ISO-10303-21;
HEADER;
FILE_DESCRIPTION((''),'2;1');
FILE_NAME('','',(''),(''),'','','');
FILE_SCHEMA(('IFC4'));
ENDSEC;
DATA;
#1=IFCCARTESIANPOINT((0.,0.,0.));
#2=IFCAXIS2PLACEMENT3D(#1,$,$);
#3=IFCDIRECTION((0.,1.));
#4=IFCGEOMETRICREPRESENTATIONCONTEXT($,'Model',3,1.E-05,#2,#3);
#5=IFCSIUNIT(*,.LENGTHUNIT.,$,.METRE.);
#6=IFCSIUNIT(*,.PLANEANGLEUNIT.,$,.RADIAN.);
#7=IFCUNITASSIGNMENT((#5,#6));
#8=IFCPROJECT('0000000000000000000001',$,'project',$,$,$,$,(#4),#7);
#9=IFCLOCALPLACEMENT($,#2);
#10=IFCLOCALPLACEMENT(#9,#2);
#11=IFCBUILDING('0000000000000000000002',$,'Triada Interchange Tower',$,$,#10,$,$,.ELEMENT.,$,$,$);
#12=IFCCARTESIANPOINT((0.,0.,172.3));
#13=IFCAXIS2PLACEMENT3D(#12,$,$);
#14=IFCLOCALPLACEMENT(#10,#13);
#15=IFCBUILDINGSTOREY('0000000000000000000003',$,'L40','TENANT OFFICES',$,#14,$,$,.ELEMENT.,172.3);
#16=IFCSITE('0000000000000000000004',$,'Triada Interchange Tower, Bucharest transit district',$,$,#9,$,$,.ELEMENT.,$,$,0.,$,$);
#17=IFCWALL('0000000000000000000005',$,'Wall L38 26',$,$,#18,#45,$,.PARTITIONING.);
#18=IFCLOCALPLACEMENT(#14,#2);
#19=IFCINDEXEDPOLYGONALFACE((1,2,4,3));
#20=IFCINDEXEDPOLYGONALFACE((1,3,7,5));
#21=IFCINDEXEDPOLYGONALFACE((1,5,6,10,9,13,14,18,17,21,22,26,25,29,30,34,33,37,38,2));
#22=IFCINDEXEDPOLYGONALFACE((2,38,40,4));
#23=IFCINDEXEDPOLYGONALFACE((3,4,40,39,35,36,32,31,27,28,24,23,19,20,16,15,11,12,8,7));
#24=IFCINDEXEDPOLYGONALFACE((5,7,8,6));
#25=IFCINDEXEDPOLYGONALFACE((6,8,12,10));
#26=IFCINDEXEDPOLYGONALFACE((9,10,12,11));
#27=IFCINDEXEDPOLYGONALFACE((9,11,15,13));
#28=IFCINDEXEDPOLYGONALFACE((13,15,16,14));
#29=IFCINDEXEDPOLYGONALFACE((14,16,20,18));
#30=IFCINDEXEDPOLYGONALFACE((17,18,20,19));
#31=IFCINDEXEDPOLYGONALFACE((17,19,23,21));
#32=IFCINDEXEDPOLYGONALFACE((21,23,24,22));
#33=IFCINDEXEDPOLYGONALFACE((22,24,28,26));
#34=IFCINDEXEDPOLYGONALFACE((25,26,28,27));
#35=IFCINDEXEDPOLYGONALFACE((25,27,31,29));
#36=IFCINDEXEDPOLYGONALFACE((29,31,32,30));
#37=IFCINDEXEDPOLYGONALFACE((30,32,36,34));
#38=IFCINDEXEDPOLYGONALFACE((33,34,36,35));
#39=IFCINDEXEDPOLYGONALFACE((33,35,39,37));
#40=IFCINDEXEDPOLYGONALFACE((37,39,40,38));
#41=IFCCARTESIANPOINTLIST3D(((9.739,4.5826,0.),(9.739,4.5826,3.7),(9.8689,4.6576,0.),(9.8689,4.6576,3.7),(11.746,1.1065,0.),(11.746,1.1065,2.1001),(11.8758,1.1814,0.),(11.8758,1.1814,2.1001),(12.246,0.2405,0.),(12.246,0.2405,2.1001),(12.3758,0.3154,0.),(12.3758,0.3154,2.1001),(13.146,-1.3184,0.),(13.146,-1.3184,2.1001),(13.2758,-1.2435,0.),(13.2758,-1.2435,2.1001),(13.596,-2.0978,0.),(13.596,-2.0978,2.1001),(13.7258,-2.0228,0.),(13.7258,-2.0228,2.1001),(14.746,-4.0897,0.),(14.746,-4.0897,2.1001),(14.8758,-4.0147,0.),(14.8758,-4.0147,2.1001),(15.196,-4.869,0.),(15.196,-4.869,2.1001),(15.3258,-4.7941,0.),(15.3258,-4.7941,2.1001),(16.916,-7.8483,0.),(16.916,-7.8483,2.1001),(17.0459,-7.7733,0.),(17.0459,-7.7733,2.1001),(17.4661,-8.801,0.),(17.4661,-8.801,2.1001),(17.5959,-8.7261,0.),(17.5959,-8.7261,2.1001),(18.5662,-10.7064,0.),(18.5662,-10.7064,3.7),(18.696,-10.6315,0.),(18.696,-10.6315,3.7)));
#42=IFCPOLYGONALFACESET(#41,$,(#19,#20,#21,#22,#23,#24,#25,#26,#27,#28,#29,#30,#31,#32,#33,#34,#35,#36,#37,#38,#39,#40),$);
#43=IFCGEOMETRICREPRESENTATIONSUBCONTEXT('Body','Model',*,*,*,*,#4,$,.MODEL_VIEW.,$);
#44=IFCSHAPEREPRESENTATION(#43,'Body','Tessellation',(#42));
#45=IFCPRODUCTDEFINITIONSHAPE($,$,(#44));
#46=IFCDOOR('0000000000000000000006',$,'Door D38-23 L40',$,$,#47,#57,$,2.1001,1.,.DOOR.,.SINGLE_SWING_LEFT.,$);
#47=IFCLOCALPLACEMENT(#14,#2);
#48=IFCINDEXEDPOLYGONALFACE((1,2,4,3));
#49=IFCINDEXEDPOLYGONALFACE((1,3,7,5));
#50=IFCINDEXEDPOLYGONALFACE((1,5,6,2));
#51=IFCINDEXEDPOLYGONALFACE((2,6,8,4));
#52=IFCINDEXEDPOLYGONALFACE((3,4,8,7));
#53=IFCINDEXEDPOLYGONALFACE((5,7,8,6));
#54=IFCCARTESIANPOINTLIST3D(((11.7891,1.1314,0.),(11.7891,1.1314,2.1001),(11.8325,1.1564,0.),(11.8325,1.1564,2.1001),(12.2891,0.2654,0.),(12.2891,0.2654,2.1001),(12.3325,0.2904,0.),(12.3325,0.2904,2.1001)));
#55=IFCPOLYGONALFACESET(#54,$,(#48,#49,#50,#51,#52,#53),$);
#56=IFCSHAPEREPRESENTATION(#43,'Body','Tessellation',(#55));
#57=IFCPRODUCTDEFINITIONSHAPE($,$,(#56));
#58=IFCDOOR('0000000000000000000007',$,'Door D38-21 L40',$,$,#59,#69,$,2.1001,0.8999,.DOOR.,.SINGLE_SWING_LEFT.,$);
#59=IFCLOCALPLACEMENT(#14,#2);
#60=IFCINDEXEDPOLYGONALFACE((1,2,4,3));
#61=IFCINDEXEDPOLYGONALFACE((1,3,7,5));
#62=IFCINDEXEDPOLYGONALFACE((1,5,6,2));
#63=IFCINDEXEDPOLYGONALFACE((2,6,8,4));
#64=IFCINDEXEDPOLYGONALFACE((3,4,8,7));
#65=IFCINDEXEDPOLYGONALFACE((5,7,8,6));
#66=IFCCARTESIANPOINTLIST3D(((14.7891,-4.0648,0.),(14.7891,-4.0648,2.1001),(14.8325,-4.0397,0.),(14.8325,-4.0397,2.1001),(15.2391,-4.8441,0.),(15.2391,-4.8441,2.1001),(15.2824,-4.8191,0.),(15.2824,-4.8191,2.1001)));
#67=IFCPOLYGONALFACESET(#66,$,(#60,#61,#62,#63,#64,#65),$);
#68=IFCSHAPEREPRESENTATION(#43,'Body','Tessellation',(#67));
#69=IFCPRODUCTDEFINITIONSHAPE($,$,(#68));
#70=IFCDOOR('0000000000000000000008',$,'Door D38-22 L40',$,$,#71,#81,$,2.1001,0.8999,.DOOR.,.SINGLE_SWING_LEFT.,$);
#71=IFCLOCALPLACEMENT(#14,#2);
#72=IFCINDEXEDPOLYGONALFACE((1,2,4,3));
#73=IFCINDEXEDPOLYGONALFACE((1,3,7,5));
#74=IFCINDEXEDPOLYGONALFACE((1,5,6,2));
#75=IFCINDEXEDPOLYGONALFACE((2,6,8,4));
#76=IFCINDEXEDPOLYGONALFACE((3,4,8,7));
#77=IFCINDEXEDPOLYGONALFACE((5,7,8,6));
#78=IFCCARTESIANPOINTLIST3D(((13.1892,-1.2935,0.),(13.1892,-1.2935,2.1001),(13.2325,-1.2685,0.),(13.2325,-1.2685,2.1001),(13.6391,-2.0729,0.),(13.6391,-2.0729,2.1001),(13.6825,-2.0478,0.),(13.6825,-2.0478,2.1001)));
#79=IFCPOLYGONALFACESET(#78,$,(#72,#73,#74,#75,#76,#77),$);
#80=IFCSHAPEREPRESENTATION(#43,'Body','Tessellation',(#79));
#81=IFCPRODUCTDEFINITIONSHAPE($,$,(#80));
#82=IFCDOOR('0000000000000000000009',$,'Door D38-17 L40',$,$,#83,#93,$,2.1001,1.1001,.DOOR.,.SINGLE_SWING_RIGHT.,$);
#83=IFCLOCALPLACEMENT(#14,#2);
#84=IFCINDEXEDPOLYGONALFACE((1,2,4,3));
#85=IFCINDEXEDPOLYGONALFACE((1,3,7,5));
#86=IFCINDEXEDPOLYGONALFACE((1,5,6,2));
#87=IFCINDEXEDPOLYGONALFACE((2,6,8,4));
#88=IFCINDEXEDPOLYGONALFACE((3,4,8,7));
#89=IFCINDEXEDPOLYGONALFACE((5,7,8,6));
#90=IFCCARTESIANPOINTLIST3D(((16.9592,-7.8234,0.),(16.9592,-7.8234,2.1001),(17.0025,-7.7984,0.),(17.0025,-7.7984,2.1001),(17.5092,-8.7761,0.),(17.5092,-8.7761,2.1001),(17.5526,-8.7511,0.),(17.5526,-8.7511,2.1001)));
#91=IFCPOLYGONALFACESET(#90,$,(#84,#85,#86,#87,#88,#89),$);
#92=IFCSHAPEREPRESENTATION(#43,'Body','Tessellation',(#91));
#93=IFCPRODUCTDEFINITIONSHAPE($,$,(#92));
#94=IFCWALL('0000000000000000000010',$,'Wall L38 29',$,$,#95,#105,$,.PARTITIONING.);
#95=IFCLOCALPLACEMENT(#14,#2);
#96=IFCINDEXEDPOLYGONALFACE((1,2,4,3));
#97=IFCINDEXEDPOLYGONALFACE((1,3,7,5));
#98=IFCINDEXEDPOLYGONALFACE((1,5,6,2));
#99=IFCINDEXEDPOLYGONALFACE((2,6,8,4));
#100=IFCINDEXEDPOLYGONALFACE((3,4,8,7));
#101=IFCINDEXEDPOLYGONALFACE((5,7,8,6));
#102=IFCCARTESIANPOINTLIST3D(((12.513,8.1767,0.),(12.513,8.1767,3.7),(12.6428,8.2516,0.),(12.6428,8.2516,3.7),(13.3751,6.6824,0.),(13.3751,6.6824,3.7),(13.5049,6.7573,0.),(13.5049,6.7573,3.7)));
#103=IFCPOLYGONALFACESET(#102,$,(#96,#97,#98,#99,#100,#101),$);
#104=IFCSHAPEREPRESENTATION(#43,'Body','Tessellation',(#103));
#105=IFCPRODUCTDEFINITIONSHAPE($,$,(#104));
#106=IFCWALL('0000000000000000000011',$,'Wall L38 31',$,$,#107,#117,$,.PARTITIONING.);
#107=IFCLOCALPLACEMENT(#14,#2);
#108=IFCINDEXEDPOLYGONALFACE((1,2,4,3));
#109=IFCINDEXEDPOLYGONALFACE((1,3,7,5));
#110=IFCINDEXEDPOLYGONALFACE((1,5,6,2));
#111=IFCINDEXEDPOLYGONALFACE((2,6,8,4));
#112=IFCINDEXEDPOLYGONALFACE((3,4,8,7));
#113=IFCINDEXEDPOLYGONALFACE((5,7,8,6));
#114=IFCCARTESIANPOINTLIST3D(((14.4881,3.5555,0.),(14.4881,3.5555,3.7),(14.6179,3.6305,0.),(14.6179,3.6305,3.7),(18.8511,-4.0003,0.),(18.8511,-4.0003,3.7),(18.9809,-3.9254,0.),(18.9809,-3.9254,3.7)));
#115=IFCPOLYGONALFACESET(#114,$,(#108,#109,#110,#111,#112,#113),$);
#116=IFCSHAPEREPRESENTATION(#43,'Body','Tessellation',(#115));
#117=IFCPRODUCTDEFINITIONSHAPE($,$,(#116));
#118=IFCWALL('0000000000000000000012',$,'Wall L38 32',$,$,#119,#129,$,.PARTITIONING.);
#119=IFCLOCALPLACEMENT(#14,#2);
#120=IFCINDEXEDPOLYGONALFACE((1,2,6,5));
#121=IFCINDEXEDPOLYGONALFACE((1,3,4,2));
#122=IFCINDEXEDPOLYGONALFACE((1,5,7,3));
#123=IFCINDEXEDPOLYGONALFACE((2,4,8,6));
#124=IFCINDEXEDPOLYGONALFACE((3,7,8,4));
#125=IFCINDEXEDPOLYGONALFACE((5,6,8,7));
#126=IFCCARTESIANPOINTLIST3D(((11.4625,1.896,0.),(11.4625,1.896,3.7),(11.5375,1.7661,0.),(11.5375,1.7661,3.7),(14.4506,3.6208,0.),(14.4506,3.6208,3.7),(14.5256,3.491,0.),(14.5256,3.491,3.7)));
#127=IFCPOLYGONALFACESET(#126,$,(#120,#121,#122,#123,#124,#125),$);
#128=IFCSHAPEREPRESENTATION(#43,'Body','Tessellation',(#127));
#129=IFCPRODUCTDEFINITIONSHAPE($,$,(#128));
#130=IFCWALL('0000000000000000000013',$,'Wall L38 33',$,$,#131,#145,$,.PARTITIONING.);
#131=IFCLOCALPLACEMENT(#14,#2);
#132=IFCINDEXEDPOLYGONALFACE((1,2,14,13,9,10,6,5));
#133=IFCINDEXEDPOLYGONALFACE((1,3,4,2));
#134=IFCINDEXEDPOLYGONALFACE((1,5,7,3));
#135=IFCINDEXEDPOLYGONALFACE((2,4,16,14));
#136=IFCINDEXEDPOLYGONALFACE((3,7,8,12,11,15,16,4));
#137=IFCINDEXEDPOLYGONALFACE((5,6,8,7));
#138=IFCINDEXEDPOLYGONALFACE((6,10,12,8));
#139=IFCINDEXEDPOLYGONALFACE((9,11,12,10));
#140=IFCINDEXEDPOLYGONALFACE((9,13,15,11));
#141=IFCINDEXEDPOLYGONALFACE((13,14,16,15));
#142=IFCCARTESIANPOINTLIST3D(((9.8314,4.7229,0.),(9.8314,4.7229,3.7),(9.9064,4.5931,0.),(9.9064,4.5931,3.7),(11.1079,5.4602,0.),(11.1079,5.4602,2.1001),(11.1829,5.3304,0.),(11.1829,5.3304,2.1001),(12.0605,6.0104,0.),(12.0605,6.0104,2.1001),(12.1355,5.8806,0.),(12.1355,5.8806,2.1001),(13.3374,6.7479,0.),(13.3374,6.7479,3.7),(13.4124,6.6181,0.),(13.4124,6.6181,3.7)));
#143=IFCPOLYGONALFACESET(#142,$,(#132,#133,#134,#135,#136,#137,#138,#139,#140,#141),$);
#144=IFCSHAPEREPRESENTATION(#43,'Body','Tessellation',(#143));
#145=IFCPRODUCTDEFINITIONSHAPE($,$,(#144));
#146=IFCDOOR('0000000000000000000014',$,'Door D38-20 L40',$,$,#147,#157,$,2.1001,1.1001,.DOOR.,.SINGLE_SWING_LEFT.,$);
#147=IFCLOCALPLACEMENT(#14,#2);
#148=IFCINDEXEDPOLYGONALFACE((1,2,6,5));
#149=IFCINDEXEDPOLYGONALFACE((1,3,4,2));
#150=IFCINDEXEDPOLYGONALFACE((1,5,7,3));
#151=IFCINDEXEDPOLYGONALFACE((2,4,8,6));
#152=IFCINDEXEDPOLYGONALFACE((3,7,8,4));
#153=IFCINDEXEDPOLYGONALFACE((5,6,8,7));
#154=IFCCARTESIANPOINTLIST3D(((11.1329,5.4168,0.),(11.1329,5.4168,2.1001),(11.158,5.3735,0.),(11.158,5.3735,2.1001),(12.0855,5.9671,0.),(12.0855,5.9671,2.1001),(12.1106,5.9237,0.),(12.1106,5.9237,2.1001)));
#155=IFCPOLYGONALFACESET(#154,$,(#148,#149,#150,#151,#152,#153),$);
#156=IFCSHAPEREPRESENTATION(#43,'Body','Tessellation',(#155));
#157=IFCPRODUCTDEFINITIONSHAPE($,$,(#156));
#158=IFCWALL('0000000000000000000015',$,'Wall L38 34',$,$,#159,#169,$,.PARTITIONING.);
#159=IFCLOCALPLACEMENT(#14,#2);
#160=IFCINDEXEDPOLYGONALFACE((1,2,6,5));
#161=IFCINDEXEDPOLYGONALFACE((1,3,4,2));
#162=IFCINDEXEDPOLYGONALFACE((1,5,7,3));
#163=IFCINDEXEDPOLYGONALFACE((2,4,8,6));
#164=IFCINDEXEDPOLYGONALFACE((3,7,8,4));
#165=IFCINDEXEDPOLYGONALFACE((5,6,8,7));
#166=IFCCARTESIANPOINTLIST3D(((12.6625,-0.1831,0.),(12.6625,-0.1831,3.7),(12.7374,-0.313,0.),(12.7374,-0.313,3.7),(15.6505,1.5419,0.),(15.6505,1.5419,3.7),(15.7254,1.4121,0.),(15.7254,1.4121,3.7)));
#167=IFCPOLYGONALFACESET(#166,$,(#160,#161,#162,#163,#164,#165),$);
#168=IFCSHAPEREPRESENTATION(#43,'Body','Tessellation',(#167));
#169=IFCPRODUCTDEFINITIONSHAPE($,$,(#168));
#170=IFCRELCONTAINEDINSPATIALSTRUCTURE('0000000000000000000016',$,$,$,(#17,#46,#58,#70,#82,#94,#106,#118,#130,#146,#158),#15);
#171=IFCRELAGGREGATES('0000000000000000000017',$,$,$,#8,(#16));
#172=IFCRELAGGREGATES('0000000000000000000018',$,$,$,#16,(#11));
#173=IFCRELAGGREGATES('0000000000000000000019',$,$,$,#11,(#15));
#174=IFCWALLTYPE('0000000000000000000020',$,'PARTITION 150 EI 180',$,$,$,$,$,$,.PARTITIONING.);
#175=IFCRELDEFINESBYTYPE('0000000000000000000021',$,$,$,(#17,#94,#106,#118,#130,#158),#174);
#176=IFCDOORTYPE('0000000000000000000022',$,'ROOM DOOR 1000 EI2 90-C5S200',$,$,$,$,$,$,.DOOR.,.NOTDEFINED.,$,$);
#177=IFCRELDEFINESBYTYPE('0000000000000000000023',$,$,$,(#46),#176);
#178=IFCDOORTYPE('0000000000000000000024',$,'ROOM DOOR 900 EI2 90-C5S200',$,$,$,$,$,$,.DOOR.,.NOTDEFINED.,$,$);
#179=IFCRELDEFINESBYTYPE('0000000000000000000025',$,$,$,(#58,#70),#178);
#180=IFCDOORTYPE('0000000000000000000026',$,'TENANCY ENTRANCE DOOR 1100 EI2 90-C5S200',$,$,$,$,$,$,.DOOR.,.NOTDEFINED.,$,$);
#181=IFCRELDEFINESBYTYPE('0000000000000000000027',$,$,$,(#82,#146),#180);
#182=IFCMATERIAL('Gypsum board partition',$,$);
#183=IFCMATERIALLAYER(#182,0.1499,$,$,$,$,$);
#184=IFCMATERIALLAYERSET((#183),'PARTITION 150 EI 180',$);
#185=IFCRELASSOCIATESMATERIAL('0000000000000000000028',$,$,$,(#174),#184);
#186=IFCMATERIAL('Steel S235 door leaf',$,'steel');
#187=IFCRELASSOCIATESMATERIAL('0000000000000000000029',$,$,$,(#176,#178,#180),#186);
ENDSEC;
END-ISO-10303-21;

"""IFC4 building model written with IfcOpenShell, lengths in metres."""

from ifc_helpers import new_model, si_unit, direction, frame, frame_2d, origin, place, context, subcontext, project, spatial, rectangle, extrude, material, layer, layer_set, type_object, element, fill, save


model = new_model("IFC4")

# Units and contexts
model_context = context("Model", 3, precision=1e-05, world=origin(), true_north=direction((0.0, 1.0)))
body_context = subcontext(model_context, "Body", "Model", "MODEL_VIEW")
ifc_project = project(units=[si_unit("LENGTHUNIT", "METRE"), si_unit("PLANEANGLEUNIT", "RADIAN")], contexts=[model_context])

# Site, building, storey
site_placement = place(None, origin())
site = spatial("IfcSite", under=ifc_project, at=site_placement, Name="Triada Interchange Tower, Bucharest transit district", CompositionType="ELEMENT", RefElevation=0.0)
building_placement = place(site_placement, origin())
building = spatial("IfcBuilding", under=site, at=building_placement, Name="Triada Interchange Tower", CompositionType="ELEMENT")
storey_placement = place(building_placement, frame((0.0, 0.0, 172.3)))
storey = spatial("IfcBuildingStorey", under=building, at=storey_placement, Name="L40", Description="TENANT OFFICES", CompositionType="ELEMENT", Elevation=172.3)

# Shared definitions
ifc_material_1 = material(Name="Gypsum board partition")
ifc_layer_1 = layer(ifc_material_1, 0.1499)
ifc_layer_set_1 = layer_set([ifc_layer_1], Name="PARTITION 150 EI 180")
wall_type = type_object("IfcWallType", Name="PARTITION 150 EI 180", PredefinedType="PARTITIONING", material=ifc_layer_set_1)

# Wall, openings, doors
wall_1_placement = place(storey_placement, frame((9.804, 4.6201, 0.0), z_axis=(0.0, 0.0, 1.0), x_axis=(0.5, -0.866025, 0.0)))
wall_1 = element("IfcWall", 1, at=wall_1_placement, inside=storey, type_object=wall_type, Name="Wall L38 26", PredefinedType="PARTITIONING", context=body_context, shape_type="SweptSolid", body=[
    extrude(rectangle(XDim=17.6543, YDim=0.1499, at=frame_2d((8.8271, 0.0))), origin(), (0.0, 0.0, 1.0), 3.7),
])
opening_1_placement = place(wall_1_placement, frame((14.354, 0.0, 0.0)))
opening_1 = element("IfcOpeningElement", 2, at=opening_1_placement, cuts=wall_1, PredefinedType="OPENING", context=body_context, shape_type="SweptSolid", body=[
    extrude(rectangle(XDim=1.1001, YDim=2.1001, at=frame_2d((0.55, 1.05))), frame((0.0, 0.085, 0.0), z_axis=(0.0, -1.0, 0.0), x_axis=(1.0, 0.0, 0.0)), (0.0, 0.0, 1.0), 0.1699),
])
opening_2_placement = place(wall_1_placement, frame((10.0139, 0.0, 0.0)))
opening_2 = element("IfcOpeningElement", 3, at=opening_2_placement, cuts=wall_1, PredefinedType="OPENING", context=body_context, shape_type="SweptSolid", body=[
    extrude(rectangle(XDim=0.8999, YDim=2.1001, at=frame_2d((0.45, 1.05))), frame((0.0, 0.085, 0.0), z_axis=(0.0, -1.0, 0.0), x_axis=(1.0, 0.0, 0.0)), (0.0, 0.0, 1.0), 0.1699),
])
opening_3_placement = place(wall_1_placement, frame((6.814, 0.0, 0.0)))
opening_3 = element("IfcOpeningElement", 4, at=opening_3_placement, cuts=wall_1, PredefinedType="OPENING", context=body_context, shape_type="SweptSolid", body=[
    extrude(rectangle(XDim=0.8999, YDim=2.1001, at=frame_2d((0.45, 1.05))), frame((0.0, 0.085, 0.0), z_axis=(0.0, -1.0, 0.0), x_axis=(1.0, 0.0, 0.0)), (0.0, 0.0, 1.0), 0.1699),
])
opening_4_placement = place(wall_1_placement, frame((4.0139, 0.0, 0.0)))
opening_4 = element("IfcOpeningElement", 5, at=opening_4_placement, cuts=wall_1, PredefinedType="OPENING", context=body_context, shape_type="SweptSolid", body=[
    extrude(rectangle(XDim=1.0, YDim=2.1001, at=frame_2d((0.5, 1.05))), frame((0.0, 0.085, 0.0), z_axis=(0.0, -1.0, 0.0), x_axis=(1.0, 0.0, 0.0)), (0.0, 0.0, 1.0), 0.1699),
])
ifc_material_2 = material(Name="Steel S235 door leaf", Category="steel")
door_type_1 = type_object("IfcDoorType", Name="ROOM DOOR 1000 EI2 90-C5S200", OperationType="NOTDEFINED", PredefinedType="DOOR", material=ifc_material_2)
door_1_placement = place(opening_4_placement, origin())
door_1 = element("IfcDoor", 6, at=door_1_placement, inside=storey, type_object=door_type_1, Name="Door D38-23 L40", OperationType="SINGLE_SWING_LEFT", OverallHeight=2.1001, OverallWidth=1.0, PredefinedType="DOOR", context=body_context, shape_type="SweptSolid", body=[
    extrude(rectangle(XDim=1.0, YDim=2.1001, at=frame_2d((0.5, 1.05))), frame((0.0, 0.0249, 0.0), z_axis=(0.0, -1.0, 0.0), x_axis=(1.0, 0.0, 0.0)), (0.0, 0.0, 1.0), 0.05),
])
fill(opening_4, door_1)
door_type_2 = type_object("IfcDoorType", Name="ROOM DOOR 900 EI2 90-C5S200", OperationType="NOTDEFINED", PredefinedType="DOOR", material=ifc_material_2)
door_2_placement = place(opening_2_placement, origin())
door_2 = element("IfcDoor", 7, at=door_2_placement, inside=storey, type_object=door_type_2, Name="Door D38-21 L40", OperationType="SINGLE_SWING_LEFT", OverallHeight=2.1001, OverallWidth=0.8999, PredefinedType="DOOR", context=body_context, shape_type="SweptSolid", body=[
    extrude(rectangle(XDim=0.8999, YDim=2.1001, at=frame_2d((0.45, 1.05))), frame((0.0, 0.0249, 0.0), z_axis=(0.0, -1.0, 0.0), x_axis=(1.0, 0.0, 0.0)), (0.0, 0.0, 1.0), 0.05),
])
fill(opening_2, door_2)
door_3_placement = place(opening_3_placement, origin())
door_3 = element("IfcDoor", 8, at=door_3_placement, inside=storey, type_object=door_type_2, Name="Door D38-22 L40", OperationType="SINGLE_SWING_LEFT", OverallHeight=2.1001, OverallWidth=0.8999, PredefinedType="DOOR", context=body_context, shape_type="SweptSolid", body=[
    extrude(rectangle(XDim=0.8999, YDim=2.1001, at=frame_2d((0.45, 1.05))), frame((0.0, 0.0249, 0.0), z_axis=(0.0, -1.0, 0.0), x_axis=(1.0, 0.0, 0.0)), (0.0, 0.0, 1.0), 0.05),
])
fill(opening_3, door_3)
door_type_3 = type_object("IfcDoorType", Name="TENANCY ENTRANCE DOOR 1100 EI2 90-C5S200", OperationType="NOTDEFINED", PredefinedType="DOOR", material=ifc_material_2)
door_4_placement = place(opening_1_placement, origin())
door_4 = element("IfcDoor", 9, at=door_4_placement, inside=storey, type_object=door_type_3, Name="Door D38-17 L40", OperationType="SINGLE_SWING_RIGHT", OverallHeight=2.1001, OverallWidth=1.1001, PredefinedType="DOOR", context=body_context, shape_type="SweptSolid", body=[
    extrude(rectangle(XDim=1.1001, YDim=2.1001, at=frame_2d((0.55, 1.05))), frame((0.0, 0.0249, 0.0), z_axis=(0.0, -1.0, 0.0), x_axis=(1.0, 0.0, 0.0)), (0.0, 0.0, 1.0), 0.05),
])
fill(opening_1, door_4)

# Walls
wall_2_placement = place(storey_placement, frame((12.5779, 8.2141, 0.0), z_axis=(0.0, 0.0, 1.0), x_axis=(0.499747, -0.866171, 0.0)))
element("IfcWall", 10, at=wall_2_placement, inside=storey, type_object=wall_type, Name="Wall L38 29", PredefinedType="PARTITIONING", context=body_context, shape_type="SweptSolid", body=[
    extrude(rectangle(XDim=1.7251, YDim=0.1499, at=frame_2d((0.8625, 0.0))), origin(), (0.0, 0.0, 1.0), 3.7),
])
wall_3_placement = place(storey_placement, frame((14.553, 3.593, 0.0), z_axis=(0.0, 0.0, 1.0), x_axis=(0.500054, -0.865994, 0.0)))
element("IfcWall", 11, at=wall_3_placement, inside=storey, type_object=wall_type, Name="Wall L38 31", PredefinedType="PARTITIONING", context=body_context, shape_type="SweptSolid", body=[
    extrude(rectangle(XDim=8.7251, YDim=0.1499, at=frame_2d((4.3625, 0.0))), origin(), (0.0, 0.0, 1.0), 3.7),
])
wall_4_placement = place(storey_placement, frame((11.5, 1.8311, 0.0), z_axis=(0.0, 0.0, 1.0), x_axis=(0.866062, 0.499937, 0.0)))
element("IfcWall", 12, at=wall_4_placement, inside=storey, type_object=wall_type, Name="Wall L38 32", PredefinedType="PARTITIONING", context=body_context, shape_type="SweptSolid", body=[
    extrude(rectangle(XDim=3.4502, YDim=0.1499, at=frame_2d((1.7251, 0.0))), origin(), (0.0, 0.0, 1.0), 3.7),
])

# Wall, opening, door
wall_5_placement = place(storey_placement, frame((9.8689, 4.658, 0.0), z_axis=(0.0, 0.0, 1.0), x_axis=(0.865929, 0.500166, 0.0)))
wall_5 = element("IfcWall", 13, at=wall_5_placement, inside=storey, type_object=wall_type, Name="Wall L38 33", PredefinedType="PARTITIONING", context=body_context, shape_type="SweptSolid", body=[
    extrude(rectangle(XDim=4.0488, YDim=0.1499, at=frame_2d((2.0244, 0.0))), origin(), (0.0, 0.0, 1.0), 3.7),
])
opening_5_placement = place(wall_5_placement, frame((1.4741, 0.0, 0.0)))
opening_5 = element("IfcOpeningElement", 14, at=opening_5_placement, cuts=wall_5, PredefinedType="OPENING", context=body_context, shape_type="SweptSolid", body=[
    extrude(rectangle(XDim=1.1001, YDim=2.1001, at=frame_2d((0.55, 1.05))), frame((0.0, 0.085, 0.0), z_axis=(0.0, -1.0, 0.0), x_axis=(1.0, 0.0, 0.0)), (0.0, 0.0, 1.0), 0.1699),
])
door_5_placement = place(opening_5_placement, origin())
door_5 = element("IfcDoor", 15, at=door_5_placement, inside=storey, type_object=door_type_3, Name="Door D38-20 L40", OperationType="SINGLE_SWING_LEFT", OverallHeight=2.1001, OverallWidth=1.1001, PredefinedType="DOOR", context=body_context, shape_type="SweptSolid", body=[
    extrude(rectangle(XDim=1.1001, YDim=2.1001, at=frame_2d((0.55, 1.05))), frame((0.0, 0.0249, 0.0), z_axis=(0.0, -1.0, 0.0), x_axis=(1.0, 0.0, 0.0)), (0.0, 0.0, 1.0), 0.05),
])
fill(opening_5, door_5)

# Wall
wall_6_placement = place(storey_placement, frame((12.7, -0.248, 0.0), z_axis=(0.0, 0.0, 1.0), x_axis=(0.866031, 0.49999, 0.0)))
element("IfcWall", 16, at=wall_6_placement, inside=storey, type_object=wall_type, Name="Wall L38 34", PredefinedType="PARTITIONING", context=body_context, shape_type="SweptSolid", body=[
    extrude(rectangle(XDim=3.4502, YDim=0.1499, at=frame_2d((1.7251, 0.0))), origin(), (0.0, 0.0, 1.0), 3.7),
])

save(model, "model.ifc")
